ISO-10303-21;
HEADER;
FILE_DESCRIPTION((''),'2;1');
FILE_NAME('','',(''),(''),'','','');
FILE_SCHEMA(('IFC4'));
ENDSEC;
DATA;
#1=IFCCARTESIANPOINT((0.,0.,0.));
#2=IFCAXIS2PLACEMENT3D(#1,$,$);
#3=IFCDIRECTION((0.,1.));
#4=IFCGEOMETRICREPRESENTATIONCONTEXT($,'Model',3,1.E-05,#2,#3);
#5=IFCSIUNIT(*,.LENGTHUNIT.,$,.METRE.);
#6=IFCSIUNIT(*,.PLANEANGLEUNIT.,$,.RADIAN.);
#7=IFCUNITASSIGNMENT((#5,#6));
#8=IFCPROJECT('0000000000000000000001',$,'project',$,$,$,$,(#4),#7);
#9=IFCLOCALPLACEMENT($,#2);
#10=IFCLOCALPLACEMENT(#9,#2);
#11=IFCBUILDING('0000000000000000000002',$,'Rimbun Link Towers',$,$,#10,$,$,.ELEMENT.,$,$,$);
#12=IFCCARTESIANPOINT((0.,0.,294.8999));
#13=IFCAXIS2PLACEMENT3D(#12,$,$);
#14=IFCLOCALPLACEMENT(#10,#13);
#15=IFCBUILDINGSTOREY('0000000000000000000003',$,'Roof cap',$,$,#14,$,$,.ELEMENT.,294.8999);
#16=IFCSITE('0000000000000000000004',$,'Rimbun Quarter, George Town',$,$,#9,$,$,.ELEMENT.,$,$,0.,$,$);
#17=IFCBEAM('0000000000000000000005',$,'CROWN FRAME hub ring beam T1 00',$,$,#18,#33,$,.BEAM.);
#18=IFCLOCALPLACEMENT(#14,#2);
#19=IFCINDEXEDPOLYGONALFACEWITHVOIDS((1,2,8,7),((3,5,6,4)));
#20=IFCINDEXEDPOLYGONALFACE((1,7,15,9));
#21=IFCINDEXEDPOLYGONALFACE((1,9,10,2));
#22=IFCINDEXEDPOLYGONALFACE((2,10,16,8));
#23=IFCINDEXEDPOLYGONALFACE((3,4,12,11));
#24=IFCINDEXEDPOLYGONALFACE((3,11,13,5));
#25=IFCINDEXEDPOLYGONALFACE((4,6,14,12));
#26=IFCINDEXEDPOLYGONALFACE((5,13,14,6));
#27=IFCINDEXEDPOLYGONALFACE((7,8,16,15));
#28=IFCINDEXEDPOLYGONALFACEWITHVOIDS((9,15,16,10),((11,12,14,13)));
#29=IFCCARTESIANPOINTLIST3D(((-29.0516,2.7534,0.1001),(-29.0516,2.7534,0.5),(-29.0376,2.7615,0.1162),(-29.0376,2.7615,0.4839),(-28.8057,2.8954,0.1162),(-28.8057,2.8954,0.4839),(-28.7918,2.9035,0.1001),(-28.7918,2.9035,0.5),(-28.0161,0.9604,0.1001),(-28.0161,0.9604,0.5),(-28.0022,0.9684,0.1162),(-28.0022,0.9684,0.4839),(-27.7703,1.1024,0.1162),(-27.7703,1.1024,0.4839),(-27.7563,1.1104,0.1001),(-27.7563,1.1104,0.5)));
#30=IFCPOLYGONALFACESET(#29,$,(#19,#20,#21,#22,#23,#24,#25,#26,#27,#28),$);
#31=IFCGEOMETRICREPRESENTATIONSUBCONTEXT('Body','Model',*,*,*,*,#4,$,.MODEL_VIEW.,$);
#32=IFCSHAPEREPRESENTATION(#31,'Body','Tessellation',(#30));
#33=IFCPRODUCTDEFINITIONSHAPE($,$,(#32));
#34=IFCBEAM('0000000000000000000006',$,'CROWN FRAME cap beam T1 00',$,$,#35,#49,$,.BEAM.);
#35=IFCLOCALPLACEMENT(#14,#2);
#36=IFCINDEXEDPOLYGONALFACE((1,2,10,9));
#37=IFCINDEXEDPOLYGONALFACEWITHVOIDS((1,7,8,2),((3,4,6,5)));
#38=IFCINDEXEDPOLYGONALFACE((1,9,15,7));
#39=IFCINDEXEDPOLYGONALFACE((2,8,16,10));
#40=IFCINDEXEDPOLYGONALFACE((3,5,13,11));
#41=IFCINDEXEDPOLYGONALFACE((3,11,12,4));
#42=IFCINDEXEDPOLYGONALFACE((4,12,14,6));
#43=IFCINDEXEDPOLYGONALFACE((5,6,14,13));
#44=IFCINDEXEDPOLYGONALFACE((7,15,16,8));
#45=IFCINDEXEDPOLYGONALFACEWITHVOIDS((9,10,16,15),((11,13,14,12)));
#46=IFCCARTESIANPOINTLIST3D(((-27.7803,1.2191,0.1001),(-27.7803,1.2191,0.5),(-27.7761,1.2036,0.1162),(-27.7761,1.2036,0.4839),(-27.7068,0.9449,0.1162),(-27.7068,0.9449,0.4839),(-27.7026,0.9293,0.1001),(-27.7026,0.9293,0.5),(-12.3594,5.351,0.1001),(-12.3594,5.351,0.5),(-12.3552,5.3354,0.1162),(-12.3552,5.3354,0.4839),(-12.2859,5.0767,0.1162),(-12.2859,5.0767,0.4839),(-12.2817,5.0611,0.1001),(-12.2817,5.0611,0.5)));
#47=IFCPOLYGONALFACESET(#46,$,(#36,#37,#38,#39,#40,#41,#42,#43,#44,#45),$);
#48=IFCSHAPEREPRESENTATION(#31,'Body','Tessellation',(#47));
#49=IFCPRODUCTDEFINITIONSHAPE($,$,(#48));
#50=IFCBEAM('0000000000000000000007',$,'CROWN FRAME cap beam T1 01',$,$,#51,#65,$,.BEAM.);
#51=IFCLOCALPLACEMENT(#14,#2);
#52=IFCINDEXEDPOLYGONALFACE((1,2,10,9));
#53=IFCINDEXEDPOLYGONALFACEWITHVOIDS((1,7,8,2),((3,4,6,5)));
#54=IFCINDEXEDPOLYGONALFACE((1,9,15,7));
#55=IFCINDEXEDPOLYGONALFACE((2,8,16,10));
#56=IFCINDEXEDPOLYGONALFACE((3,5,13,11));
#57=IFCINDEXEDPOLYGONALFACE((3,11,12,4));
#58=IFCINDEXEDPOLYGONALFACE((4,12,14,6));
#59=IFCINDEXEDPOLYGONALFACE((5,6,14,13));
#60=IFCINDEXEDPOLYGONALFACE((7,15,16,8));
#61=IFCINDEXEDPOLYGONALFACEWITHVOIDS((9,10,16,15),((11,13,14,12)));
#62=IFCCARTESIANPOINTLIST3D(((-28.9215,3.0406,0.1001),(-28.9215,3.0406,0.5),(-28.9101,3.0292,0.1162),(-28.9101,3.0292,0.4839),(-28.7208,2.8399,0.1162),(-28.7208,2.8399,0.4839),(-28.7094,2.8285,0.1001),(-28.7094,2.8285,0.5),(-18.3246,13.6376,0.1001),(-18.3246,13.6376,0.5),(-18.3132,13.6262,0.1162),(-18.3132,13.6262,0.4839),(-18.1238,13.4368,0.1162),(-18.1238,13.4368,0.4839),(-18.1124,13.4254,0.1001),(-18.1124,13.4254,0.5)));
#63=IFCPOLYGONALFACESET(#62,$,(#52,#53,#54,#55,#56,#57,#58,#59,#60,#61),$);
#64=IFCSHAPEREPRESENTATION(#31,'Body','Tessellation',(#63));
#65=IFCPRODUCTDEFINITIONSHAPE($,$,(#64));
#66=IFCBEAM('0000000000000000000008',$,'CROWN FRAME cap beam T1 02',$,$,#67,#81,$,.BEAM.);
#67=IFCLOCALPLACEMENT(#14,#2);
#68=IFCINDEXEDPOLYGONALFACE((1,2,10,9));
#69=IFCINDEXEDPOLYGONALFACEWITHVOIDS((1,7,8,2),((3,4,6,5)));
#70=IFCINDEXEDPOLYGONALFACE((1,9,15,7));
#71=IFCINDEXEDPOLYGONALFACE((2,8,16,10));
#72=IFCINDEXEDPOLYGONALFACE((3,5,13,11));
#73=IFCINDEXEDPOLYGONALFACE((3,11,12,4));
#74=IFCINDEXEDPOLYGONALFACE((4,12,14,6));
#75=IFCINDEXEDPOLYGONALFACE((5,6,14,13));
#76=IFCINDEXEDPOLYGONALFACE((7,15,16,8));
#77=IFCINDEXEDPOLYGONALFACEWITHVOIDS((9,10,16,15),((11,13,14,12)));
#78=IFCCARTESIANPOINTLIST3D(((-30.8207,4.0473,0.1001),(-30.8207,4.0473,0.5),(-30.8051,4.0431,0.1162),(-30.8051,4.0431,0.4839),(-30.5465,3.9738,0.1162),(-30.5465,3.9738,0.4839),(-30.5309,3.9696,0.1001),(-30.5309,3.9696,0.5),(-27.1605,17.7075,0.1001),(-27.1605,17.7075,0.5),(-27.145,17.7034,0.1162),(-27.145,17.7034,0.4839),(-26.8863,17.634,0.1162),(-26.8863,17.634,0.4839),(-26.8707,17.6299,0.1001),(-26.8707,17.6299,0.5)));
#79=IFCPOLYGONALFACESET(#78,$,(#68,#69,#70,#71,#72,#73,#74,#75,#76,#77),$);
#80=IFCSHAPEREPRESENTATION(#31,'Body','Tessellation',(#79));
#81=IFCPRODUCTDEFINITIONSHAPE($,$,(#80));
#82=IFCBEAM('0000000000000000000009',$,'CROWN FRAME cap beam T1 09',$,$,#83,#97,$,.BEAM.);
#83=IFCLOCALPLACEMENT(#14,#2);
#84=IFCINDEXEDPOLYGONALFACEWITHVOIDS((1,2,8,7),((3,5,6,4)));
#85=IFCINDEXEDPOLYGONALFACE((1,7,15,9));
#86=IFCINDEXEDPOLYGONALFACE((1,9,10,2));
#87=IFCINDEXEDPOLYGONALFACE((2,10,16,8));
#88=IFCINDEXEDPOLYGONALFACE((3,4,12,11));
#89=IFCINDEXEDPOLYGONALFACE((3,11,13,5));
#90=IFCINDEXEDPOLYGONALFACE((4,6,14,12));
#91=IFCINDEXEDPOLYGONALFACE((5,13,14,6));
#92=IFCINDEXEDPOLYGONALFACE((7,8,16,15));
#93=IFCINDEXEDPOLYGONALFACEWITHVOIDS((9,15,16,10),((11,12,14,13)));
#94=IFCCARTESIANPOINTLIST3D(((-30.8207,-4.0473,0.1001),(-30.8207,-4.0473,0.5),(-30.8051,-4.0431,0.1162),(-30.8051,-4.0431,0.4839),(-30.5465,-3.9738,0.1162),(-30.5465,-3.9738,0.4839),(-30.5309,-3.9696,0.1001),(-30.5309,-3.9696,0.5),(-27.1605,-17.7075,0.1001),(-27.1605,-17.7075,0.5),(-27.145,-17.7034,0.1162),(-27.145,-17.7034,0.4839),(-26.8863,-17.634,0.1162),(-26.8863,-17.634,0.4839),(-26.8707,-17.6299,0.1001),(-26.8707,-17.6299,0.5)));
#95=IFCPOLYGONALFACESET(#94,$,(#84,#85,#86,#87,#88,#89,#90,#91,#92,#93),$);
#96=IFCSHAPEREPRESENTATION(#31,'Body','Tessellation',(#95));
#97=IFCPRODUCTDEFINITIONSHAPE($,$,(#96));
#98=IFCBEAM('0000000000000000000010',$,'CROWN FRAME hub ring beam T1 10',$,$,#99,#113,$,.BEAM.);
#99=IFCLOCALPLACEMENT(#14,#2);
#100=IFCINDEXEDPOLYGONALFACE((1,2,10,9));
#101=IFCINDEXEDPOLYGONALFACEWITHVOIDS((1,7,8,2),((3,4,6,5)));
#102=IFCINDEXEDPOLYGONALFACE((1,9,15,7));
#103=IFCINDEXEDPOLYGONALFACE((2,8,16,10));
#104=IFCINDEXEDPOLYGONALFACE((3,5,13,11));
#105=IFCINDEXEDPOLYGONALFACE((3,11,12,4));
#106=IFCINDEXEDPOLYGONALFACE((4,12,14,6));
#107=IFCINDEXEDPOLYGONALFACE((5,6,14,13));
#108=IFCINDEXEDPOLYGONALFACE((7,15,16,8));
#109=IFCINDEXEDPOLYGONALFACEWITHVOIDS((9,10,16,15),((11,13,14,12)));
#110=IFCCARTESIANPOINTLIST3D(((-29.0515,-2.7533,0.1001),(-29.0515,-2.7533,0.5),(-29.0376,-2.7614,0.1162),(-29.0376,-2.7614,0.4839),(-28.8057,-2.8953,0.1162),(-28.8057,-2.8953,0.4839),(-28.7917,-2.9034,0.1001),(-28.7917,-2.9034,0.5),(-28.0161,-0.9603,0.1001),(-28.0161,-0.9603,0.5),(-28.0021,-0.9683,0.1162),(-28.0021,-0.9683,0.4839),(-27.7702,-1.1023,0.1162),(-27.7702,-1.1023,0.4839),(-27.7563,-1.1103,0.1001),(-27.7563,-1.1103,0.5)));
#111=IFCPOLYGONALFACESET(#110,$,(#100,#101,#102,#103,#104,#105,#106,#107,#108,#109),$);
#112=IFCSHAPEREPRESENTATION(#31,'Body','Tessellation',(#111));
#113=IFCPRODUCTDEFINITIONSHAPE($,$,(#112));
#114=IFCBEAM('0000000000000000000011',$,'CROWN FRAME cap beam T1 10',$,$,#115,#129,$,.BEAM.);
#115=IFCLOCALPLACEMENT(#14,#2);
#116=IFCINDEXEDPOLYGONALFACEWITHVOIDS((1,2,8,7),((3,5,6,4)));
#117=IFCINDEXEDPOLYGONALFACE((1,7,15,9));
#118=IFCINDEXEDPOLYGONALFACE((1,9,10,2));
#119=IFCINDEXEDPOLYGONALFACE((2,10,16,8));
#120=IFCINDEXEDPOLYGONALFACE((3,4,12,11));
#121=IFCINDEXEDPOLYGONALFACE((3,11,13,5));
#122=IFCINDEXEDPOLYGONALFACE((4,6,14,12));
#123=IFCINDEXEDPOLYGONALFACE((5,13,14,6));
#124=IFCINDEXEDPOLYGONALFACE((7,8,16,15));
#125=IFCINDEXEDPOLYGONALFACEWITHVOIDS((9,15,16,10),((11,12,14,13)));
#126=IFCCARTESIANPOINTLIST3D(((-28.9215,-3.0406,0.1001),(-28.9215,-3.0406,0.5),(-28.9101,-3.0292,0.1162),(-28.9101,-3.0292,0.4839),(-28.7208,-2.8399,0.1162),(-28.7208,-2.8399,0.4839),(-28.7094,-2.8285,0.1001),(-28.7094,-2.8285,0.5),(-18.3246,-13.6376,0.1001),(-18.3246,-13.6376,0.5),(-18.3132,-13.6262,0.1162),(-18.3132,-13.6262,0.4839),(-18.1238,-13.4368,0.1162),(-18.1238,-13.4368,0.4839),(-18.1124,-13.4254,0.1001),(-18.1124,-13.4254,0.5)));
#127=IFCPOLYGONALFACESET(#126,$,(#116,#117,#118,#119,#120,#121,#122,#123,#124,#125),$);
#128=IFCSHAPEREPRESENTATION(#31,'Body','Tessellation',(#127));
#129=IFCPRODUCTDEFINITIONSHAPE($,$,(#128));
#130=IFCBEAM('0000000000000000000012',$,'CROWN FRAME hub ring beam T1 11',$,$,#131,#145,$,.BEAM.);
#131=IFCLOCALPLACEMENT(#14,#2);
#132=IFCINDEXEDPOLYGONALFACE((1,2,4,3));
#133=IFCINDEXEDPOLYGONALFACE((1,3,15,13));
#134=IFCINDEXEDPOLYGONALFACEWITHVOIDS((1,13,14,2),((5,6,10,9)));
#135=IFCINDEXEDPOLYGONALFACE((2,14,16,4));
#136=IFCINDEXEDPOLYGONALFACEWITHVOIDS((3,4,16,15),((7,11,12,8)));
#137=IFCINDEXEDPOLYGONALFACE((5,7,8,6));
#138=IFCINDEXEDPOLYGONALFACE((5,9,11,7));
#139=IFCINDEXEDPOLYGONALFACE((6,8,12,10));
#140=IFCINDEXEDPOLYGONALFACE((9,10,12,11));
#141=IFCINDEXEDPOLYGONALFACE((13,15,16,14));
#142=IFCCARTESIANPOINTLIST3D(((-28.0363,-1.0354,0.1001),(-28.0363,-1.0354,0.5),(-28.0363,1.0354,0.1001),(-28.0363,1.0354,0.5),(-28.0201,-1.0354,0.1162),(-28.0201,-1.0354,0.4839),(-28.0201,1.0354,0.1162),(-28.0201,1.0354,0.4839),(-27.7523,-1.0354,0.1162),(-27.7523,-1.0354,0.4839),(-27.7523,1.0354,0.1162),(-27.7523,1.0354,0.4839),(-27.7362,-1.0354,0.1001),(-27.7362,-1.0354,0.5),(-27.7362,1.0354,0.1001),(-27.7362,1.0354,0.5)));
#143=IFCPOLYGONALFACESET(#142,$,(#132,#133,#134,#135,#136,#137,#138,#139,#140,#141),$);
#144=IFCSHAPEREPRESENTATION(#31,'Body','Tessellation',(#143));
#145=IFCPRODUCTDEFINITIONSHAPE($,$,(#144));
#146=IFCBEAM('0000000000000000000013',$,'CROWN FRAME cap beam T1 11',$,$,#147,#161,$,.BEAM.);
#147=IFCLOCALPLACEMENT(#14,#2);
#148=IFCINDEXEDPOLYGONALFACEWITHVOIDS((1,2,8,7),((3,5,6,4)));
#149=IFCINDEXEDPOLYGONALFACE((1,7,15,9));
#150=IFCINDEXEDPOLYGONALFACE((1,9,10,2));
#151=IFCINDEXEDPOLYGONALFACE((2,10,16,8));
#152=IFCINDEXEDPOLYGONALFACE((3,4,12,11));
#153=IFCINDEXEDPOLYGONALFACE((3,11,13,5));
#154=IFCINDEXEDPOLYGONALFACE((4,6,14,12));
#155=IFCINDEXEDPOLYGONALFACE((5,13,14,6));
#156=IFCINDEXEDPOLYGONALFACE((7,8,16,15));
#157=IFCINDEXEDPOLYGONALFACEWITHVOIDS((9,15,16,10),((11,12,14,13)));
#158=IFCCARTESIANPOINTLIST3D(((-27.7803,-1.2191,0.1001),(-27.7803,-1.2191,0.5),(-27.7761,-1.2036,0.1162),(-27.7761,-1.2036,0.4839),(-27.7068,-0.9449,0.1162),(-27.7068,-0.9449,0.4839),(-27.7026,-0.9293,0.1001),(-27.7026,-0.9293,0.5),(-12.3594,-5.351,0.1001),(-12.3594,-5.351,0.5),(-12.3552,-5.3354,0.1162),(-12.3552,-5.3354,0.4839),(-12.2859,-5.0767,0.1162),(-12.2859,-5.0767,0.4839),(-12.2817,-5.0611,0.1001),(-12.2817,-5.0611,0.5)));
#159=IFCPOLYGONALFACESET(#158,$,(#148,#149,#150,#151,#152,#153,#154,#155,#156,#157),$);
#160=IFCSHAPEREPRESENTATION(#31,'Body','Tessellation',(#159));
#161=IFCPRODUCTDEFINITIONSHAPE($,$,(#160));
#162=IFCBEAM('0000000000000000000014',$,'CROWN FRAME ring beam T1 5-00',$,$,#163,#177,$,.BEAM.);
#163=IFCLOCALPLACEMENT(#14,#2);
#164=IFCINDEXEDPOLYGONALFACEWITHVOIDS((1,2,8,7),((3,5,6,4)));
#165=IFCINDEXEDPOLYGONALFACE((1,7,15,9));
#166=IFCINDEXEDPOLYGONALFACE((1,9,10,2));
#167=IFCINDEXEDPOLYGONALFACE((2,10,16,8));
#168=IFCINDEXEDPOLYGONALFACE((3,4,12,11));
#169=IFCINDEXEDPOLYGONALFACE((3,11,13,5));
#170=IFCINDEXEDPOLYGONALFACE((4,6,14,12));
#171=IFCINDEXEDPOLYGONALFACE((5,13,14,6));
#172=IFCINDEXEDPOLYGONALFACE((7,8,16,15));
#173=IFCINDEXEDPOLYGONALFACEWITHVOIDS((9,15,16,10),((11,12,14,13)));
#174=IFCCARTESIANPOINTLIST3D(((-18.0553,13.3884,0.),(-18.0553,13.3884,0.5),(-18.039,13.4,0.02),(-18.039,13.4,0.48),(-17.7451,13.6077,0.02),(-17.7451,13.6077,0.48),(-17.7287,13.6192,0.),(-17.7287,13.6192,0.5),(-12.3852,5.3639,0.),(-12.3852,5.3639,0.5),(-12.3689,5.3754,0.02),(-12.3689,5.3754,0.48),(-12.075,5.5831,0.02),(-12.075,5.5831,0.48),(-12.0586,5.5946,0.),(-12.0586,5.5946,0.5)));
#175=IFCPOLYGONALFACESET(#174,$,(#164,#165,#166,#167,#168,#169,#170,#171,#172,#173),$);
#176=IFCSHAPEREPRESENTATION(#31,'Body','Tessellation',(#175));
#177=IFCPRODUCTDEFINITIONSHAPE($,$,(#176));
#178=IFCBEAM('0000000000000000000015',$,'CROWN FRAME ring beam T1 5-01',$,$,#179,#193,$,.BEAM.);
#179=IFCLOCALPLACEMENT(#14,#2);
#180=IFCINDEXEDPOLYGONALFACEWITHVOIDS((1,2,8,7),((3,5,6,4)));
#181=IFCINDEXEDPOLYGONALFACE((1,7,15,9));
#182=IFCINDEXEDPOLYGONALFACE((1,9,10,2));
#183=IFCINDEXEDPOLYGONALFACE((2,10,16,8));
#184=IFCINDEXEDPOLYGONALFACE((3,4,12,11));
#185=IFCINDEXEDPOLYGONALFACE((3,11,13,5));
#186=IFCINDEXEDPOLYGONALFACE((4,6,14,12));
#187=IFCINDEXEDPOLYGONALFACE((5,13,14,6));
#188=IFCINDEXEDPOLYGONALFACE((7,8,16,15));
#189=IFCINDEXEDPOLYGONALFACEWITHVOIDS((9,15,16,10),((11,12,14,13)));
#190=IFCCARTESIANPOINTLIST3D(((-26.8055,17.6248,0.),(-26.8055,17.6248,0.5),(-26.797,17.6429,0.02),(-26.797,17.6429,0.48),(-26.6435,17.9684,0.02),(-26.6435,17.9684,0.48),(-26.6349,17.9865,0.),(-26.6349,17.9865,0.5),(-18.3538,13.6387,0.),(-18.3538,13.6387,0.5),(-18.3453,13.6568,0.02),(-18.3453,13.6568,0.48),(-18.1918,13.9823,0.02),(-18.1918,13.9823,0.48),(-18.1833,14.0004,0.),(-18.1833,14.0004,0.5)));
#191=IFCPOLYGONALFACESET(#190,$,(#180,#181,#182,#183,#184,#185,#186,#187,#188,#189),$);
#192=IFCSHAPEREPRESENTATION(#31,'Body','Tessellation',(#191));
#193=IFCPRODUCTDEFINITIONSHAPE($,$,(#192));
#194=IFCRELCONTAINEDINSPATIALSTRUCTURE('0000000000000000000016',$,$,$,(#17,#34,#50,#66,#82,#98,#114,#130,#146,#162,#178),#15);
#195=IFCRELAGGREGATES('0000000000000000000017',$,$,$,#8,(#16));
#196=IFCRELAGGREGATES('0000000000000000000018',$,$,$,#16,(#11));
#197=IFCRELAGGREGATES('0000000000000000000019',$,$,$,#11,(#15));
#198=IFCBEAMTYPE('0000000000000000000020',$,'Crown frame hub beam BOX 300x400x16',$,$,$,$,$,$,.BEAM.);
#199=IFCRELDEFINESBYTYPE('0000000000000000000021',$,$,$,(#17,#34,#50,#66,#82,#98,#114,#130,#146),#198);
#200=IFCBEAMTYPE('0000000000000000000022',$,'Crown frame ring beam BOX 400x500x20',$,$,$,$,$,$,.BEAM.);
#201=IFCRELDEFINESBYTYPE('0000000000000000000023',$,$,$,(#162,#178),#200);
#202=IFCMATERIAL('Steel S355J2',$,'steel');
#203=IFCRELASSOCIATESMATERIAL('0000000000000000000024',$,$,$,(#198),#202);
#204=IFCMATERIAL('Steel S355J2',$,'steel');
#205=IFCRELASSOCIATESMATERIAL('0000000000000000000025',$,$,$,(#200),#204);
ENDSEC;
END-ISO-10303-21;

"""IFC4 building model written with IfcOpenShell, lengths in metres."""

from ifc_helpers import new_model, si_unit, direction, frame, origin, origin_2d, place, context, subcontext, project, spatial, hollow_rectangle, extrude, material, material_profile, profile_set, type_object, element, save


model = new_model("IFC4")

# Units and contexts
model_context = context("Model", 3, precision=1e-05, world=origin(), true_north=direction((0.0, 1.0)))
body_context = subcontext(model_context, "Body", "Model", "MODEL_VIEW")
ifc_project = project(units=[si_unit("LENGTHUNIT", "METRE"), si_unit("PLANEANGLEUNIT", "RADIAN")], contexts=[model_context])

# Site, building, storey
site_placement = place(None, origin())
site = spatial("IfcSite", under=ifc_project, at=site_placement, Name="Rimbun Quarter, George Town", CompositionType="ELEMENT", RefElevation=0.0)
building_placement = place(site_placement, origin())
building = spatial("IfcBuilding", under=site, at=building_placement, Name="Rimbun Link Towers", CompositionType="ELEMENT")
storey_placement = place(building_placement, frame((0.0, 0.0, 294.8999)))
storey = spatial("IfcBuildingStorey", under=building, at=storey_placement, Name="Roof cap", CompositionType="ELEMENT", Elevation=294.8999)

# Beams
ifc_material_1 = material(Name="Steel S355J2", Category="steel")
ifc_material_profile_1 = material_profile(ifc_material_1, hollow_rectangle(XDim=0.3, YDim=0.3999, WallThickness=0.0161, at=origin_2d()), Name="Crown frame hub beam BOX 300x400x16")
ifc_profile_set_1 = profile_set([ifc_material_profile_1], Name="Steel S355J2")
beam_type_1 = type_object("IfcBeamType", Name="Crown frame hub beam BOX 300x400x16", PredefinedType="BEAM", material=ifc_profile_set_1)
beam_1_placement = place(storey_placement, frame((-27.8862, 1.0354, 0.3), z_axis=(-0.500083, 0.865977, 0.0), x_axis=(-0.865977, -0.500083, 0.0)))
element("IfcBeam", 1, at=beam_1_placement, inside=storey, type_object=beam_type_1, Name="CROWN FRAME hub ring beam T1 00", PredefinedType="BEAM", context=body_context, shape_type="SweptSolid", body=[
    extrude(hollow_rectangle(XDim=0.3, YDim=0.3999, WallThickness=0.0161, at=origin_2d()), origin(), (0.0, 0.0, 1.0), 2.0706),
])
beam_2_placement = place(storey_placement, frame((-12.3206, 5.2061, 0.3), z_axis=(-0.965929, -0.258808, 0.0), x_axis=(0.258808, -0.965929, 0.0)))
element("IfcBeam", 2, at=beam_2_placement, inside=storey, type_object=beam_type_1, Name="CROWN FRAME cap beam T1 00", PredefinedType="BEAM", context=body_context, shape_type="SweptSolid", body=[
    extrude(hollow_rectangle(XDim=0.3, YDim=0.3999, WallThickness=0.0161, at=origin_2d()), origin(), (0.0, 0.0, 1.0), 15.9648),
])
beam_3_placement = place(storey_placement, frame((-18.2185, 13.5315, 0.3), z_axis=(-0.707107, -0.707107, 0.0), x_axis=(0.707107, -0.707107, 0.0)))
element("IfcBeam", 3, at=beam_3_placement, inside=storey, type_object=beam_type_1, Name="CROWN FRAME cap beam T1 01", PredefinedType="BEAM", context=body_context, shape_type="SweptSolid", body=[
    extrude(hollow_rectangle(XDim=0.3, YDim=0.3999, WallThickness=0.0161, at=origin_2d()), origin(), (0.0, 0.0, 1.0), 14.9863),
])
for number, where, z_axis, x_axis, name in (
    (4, (-27.0156, 17.6687, 0.3), (-0.258814, -0.965927, 0.0), (0.965927, -0.258814, 0.0), "CROWN FRAME cap beam T1 02"),
    (5, (-27.0156, -17.6687, 0.3), (-0.258814, 0.965927, 0.0), (-0.965927, -0.258814, 0.0), "CROWN FRAME cap beam T1 09"),
):
    element("IfcBeam", number, at=place(storey_placement, frame(where, z_axis=z_axis, x_axis=x_axis)), inside=storey, type_object=beam_type_1, Name=name, PredefinedType="BEAM", context=body_context, shape_type="SweptSolid", body=[
        extrude(hollow_rectangle(XDim=0.3, YDim=0.3999, WallThickness=0.0161, at=origin_2d()), origin(), (0.0, 0.0, 1.0), 14.1421),
    ])
beam_4_placement = place(storey_placement, frame((-28.9216, -2.8284, 0.3), z_axis=(0.500083, 0.865977, 0.0), x_axis=(-0.865977, 0.500083, 0.0)))
element("IfcBeam", 6, at=beam_4_placement, inside=storey, type_object=beam_type_1, Name="CROWN FRAME hub ring beam T1 10", PredefinedType="BEAM", context=body_context, shape_type="SweptSolid", body=[
    extrude(hollow_rectangle(XDim=0.3, YDim=0.3999, WallThickness=0.0161, at=origin_2d()), origin(), (0.0, 0.0, 1.0), 2.0706),
])
beam_5_placement = place(storey_placement, frame((-18.2185, -13.5315, 0.3), z_axis=(-0.707107, 0.707107, 0.0), x_axis=(-0.707107, -0.707107, 0.0)))
element("IfcBeam", 7, at=beam_5_placement, inside=storey, type_object=beam_type_1, Name="CROWN FRAME cap beam T1 10", PredefinedType="BEAM", context=body_context, shape_type="SweptSolid", body=[
    extrude(hollow_rectangle(XDim=0.3, YDim=0.3999, WallThickness=0.0161, at=origin_2d()), origin(), (0.0, 0.0, 1.0), 14.9863),
])
beam_6_placement = place(storey_placement, frame((-27.8862, -1.0354, 0.3), z_axis=(0.0, 1.0, 0.0), x_axis=(-1.0, 0.0, 0.0)))
element("IfcBeam", 8, at=beam_6_placement, inside=storey, type_object=beam_type_1, Name="CROWN FRAME hub ring beam T1 11", PredefinedType="BEAM", context=body_context, shape_type="SweptSolid", body=[
    extrude(hollow_rectangle(XDim=0.3, YDim=0.3999, WallThickness=0.0161, at=origin_2d()), origin(), (0.0, 0.0, 1.0), 2.0708),
])
beam_7_placement = place(storey_placement, frame((-12.3206, -5.2061, 0.3), z_axis=(-0.965929, 0.258808, 0.0), x_axis=(-0.258808, -0.965929, 0.0)))
element("IfcBeam", 9, at=beam_7_placement, inside=storey, type_object=beam_type_1, Name="CROWN FRAME cap beam T1 11", PredefinedType="BEAM", context=body_context, shape_type="SweptSolid", body=[
    extrude(hollow_rectangle(XDim=0.3, YDim=0.3999, WallThickness=0.0161, at=origin_2d()), origin(), (0.0, 0.0, 1.0), 15.9648),
])
ifc_material_2 = material(Name="Steel S355J2", Category="steel")
ifc_material_profile_2 = material_profile(ifc_material_2, hollow_rectangle(XDim=0.3999, YDim=0.5, WallThickness=0.02, at=origin_2d()), Name="Crown frame ring beam BOX 400x500x20")
ifc_profile_set_2 = profile_set([ifc_material_profile_2], Name="Steel S355J2")
beam_type_2 = type_object("IfcBeamType", Name="Crown frame ring beam BOX 400x500x20", PredefinedType="BEAM", material=ifc_profile_set_2)
beam_8_placement = place(storey_placement, frame((-12.2219, 5.4792, 0.25), z_axis=(-0.57707, 0.816694, 0.0), x_axis=(-0.816694, -0.57707, 0.0)))
element("IfcBeam", 10, at=beam_8_placement, inside=storey, type_object=beam_type_2, Name="CROWN FRAME ring beam T1 5-00", PredefinedType="BEAM", context=body_context, shape_type="SweptSolid", body=[
    extrude(hollow_rectangle(XDim=0.3999, YDim=0.5, WallThickness=0.02, at=origin_2d()), origin(), (0.0, 0.0, 1.0), 9.8257),
])
beam_9_placement = place(storey_placement, frame((-18.2686, 13.8196, 0.25), z_axis=(-0.904454, 0.426571, 0.0), x_axis=(-0.426571, -0.904454, 0.0)))
element("IfcBeam", 11, at=beam_9_placement, inside=storey, type_object=beam_type_2, Name="CROWN FRAME ring beam T1 5-01", PredefinedType="BEAM", context=body_context, shape_type="SweptSolid", body=[
    extrude(hollow_rectangle(XDim=0.3999, YDim=0.5, WallThickness=0.02, at=origin_2d()), origin(), (0.0, 0.0, 1.0), 9.3445),
])

save(model, "model.ifc")
